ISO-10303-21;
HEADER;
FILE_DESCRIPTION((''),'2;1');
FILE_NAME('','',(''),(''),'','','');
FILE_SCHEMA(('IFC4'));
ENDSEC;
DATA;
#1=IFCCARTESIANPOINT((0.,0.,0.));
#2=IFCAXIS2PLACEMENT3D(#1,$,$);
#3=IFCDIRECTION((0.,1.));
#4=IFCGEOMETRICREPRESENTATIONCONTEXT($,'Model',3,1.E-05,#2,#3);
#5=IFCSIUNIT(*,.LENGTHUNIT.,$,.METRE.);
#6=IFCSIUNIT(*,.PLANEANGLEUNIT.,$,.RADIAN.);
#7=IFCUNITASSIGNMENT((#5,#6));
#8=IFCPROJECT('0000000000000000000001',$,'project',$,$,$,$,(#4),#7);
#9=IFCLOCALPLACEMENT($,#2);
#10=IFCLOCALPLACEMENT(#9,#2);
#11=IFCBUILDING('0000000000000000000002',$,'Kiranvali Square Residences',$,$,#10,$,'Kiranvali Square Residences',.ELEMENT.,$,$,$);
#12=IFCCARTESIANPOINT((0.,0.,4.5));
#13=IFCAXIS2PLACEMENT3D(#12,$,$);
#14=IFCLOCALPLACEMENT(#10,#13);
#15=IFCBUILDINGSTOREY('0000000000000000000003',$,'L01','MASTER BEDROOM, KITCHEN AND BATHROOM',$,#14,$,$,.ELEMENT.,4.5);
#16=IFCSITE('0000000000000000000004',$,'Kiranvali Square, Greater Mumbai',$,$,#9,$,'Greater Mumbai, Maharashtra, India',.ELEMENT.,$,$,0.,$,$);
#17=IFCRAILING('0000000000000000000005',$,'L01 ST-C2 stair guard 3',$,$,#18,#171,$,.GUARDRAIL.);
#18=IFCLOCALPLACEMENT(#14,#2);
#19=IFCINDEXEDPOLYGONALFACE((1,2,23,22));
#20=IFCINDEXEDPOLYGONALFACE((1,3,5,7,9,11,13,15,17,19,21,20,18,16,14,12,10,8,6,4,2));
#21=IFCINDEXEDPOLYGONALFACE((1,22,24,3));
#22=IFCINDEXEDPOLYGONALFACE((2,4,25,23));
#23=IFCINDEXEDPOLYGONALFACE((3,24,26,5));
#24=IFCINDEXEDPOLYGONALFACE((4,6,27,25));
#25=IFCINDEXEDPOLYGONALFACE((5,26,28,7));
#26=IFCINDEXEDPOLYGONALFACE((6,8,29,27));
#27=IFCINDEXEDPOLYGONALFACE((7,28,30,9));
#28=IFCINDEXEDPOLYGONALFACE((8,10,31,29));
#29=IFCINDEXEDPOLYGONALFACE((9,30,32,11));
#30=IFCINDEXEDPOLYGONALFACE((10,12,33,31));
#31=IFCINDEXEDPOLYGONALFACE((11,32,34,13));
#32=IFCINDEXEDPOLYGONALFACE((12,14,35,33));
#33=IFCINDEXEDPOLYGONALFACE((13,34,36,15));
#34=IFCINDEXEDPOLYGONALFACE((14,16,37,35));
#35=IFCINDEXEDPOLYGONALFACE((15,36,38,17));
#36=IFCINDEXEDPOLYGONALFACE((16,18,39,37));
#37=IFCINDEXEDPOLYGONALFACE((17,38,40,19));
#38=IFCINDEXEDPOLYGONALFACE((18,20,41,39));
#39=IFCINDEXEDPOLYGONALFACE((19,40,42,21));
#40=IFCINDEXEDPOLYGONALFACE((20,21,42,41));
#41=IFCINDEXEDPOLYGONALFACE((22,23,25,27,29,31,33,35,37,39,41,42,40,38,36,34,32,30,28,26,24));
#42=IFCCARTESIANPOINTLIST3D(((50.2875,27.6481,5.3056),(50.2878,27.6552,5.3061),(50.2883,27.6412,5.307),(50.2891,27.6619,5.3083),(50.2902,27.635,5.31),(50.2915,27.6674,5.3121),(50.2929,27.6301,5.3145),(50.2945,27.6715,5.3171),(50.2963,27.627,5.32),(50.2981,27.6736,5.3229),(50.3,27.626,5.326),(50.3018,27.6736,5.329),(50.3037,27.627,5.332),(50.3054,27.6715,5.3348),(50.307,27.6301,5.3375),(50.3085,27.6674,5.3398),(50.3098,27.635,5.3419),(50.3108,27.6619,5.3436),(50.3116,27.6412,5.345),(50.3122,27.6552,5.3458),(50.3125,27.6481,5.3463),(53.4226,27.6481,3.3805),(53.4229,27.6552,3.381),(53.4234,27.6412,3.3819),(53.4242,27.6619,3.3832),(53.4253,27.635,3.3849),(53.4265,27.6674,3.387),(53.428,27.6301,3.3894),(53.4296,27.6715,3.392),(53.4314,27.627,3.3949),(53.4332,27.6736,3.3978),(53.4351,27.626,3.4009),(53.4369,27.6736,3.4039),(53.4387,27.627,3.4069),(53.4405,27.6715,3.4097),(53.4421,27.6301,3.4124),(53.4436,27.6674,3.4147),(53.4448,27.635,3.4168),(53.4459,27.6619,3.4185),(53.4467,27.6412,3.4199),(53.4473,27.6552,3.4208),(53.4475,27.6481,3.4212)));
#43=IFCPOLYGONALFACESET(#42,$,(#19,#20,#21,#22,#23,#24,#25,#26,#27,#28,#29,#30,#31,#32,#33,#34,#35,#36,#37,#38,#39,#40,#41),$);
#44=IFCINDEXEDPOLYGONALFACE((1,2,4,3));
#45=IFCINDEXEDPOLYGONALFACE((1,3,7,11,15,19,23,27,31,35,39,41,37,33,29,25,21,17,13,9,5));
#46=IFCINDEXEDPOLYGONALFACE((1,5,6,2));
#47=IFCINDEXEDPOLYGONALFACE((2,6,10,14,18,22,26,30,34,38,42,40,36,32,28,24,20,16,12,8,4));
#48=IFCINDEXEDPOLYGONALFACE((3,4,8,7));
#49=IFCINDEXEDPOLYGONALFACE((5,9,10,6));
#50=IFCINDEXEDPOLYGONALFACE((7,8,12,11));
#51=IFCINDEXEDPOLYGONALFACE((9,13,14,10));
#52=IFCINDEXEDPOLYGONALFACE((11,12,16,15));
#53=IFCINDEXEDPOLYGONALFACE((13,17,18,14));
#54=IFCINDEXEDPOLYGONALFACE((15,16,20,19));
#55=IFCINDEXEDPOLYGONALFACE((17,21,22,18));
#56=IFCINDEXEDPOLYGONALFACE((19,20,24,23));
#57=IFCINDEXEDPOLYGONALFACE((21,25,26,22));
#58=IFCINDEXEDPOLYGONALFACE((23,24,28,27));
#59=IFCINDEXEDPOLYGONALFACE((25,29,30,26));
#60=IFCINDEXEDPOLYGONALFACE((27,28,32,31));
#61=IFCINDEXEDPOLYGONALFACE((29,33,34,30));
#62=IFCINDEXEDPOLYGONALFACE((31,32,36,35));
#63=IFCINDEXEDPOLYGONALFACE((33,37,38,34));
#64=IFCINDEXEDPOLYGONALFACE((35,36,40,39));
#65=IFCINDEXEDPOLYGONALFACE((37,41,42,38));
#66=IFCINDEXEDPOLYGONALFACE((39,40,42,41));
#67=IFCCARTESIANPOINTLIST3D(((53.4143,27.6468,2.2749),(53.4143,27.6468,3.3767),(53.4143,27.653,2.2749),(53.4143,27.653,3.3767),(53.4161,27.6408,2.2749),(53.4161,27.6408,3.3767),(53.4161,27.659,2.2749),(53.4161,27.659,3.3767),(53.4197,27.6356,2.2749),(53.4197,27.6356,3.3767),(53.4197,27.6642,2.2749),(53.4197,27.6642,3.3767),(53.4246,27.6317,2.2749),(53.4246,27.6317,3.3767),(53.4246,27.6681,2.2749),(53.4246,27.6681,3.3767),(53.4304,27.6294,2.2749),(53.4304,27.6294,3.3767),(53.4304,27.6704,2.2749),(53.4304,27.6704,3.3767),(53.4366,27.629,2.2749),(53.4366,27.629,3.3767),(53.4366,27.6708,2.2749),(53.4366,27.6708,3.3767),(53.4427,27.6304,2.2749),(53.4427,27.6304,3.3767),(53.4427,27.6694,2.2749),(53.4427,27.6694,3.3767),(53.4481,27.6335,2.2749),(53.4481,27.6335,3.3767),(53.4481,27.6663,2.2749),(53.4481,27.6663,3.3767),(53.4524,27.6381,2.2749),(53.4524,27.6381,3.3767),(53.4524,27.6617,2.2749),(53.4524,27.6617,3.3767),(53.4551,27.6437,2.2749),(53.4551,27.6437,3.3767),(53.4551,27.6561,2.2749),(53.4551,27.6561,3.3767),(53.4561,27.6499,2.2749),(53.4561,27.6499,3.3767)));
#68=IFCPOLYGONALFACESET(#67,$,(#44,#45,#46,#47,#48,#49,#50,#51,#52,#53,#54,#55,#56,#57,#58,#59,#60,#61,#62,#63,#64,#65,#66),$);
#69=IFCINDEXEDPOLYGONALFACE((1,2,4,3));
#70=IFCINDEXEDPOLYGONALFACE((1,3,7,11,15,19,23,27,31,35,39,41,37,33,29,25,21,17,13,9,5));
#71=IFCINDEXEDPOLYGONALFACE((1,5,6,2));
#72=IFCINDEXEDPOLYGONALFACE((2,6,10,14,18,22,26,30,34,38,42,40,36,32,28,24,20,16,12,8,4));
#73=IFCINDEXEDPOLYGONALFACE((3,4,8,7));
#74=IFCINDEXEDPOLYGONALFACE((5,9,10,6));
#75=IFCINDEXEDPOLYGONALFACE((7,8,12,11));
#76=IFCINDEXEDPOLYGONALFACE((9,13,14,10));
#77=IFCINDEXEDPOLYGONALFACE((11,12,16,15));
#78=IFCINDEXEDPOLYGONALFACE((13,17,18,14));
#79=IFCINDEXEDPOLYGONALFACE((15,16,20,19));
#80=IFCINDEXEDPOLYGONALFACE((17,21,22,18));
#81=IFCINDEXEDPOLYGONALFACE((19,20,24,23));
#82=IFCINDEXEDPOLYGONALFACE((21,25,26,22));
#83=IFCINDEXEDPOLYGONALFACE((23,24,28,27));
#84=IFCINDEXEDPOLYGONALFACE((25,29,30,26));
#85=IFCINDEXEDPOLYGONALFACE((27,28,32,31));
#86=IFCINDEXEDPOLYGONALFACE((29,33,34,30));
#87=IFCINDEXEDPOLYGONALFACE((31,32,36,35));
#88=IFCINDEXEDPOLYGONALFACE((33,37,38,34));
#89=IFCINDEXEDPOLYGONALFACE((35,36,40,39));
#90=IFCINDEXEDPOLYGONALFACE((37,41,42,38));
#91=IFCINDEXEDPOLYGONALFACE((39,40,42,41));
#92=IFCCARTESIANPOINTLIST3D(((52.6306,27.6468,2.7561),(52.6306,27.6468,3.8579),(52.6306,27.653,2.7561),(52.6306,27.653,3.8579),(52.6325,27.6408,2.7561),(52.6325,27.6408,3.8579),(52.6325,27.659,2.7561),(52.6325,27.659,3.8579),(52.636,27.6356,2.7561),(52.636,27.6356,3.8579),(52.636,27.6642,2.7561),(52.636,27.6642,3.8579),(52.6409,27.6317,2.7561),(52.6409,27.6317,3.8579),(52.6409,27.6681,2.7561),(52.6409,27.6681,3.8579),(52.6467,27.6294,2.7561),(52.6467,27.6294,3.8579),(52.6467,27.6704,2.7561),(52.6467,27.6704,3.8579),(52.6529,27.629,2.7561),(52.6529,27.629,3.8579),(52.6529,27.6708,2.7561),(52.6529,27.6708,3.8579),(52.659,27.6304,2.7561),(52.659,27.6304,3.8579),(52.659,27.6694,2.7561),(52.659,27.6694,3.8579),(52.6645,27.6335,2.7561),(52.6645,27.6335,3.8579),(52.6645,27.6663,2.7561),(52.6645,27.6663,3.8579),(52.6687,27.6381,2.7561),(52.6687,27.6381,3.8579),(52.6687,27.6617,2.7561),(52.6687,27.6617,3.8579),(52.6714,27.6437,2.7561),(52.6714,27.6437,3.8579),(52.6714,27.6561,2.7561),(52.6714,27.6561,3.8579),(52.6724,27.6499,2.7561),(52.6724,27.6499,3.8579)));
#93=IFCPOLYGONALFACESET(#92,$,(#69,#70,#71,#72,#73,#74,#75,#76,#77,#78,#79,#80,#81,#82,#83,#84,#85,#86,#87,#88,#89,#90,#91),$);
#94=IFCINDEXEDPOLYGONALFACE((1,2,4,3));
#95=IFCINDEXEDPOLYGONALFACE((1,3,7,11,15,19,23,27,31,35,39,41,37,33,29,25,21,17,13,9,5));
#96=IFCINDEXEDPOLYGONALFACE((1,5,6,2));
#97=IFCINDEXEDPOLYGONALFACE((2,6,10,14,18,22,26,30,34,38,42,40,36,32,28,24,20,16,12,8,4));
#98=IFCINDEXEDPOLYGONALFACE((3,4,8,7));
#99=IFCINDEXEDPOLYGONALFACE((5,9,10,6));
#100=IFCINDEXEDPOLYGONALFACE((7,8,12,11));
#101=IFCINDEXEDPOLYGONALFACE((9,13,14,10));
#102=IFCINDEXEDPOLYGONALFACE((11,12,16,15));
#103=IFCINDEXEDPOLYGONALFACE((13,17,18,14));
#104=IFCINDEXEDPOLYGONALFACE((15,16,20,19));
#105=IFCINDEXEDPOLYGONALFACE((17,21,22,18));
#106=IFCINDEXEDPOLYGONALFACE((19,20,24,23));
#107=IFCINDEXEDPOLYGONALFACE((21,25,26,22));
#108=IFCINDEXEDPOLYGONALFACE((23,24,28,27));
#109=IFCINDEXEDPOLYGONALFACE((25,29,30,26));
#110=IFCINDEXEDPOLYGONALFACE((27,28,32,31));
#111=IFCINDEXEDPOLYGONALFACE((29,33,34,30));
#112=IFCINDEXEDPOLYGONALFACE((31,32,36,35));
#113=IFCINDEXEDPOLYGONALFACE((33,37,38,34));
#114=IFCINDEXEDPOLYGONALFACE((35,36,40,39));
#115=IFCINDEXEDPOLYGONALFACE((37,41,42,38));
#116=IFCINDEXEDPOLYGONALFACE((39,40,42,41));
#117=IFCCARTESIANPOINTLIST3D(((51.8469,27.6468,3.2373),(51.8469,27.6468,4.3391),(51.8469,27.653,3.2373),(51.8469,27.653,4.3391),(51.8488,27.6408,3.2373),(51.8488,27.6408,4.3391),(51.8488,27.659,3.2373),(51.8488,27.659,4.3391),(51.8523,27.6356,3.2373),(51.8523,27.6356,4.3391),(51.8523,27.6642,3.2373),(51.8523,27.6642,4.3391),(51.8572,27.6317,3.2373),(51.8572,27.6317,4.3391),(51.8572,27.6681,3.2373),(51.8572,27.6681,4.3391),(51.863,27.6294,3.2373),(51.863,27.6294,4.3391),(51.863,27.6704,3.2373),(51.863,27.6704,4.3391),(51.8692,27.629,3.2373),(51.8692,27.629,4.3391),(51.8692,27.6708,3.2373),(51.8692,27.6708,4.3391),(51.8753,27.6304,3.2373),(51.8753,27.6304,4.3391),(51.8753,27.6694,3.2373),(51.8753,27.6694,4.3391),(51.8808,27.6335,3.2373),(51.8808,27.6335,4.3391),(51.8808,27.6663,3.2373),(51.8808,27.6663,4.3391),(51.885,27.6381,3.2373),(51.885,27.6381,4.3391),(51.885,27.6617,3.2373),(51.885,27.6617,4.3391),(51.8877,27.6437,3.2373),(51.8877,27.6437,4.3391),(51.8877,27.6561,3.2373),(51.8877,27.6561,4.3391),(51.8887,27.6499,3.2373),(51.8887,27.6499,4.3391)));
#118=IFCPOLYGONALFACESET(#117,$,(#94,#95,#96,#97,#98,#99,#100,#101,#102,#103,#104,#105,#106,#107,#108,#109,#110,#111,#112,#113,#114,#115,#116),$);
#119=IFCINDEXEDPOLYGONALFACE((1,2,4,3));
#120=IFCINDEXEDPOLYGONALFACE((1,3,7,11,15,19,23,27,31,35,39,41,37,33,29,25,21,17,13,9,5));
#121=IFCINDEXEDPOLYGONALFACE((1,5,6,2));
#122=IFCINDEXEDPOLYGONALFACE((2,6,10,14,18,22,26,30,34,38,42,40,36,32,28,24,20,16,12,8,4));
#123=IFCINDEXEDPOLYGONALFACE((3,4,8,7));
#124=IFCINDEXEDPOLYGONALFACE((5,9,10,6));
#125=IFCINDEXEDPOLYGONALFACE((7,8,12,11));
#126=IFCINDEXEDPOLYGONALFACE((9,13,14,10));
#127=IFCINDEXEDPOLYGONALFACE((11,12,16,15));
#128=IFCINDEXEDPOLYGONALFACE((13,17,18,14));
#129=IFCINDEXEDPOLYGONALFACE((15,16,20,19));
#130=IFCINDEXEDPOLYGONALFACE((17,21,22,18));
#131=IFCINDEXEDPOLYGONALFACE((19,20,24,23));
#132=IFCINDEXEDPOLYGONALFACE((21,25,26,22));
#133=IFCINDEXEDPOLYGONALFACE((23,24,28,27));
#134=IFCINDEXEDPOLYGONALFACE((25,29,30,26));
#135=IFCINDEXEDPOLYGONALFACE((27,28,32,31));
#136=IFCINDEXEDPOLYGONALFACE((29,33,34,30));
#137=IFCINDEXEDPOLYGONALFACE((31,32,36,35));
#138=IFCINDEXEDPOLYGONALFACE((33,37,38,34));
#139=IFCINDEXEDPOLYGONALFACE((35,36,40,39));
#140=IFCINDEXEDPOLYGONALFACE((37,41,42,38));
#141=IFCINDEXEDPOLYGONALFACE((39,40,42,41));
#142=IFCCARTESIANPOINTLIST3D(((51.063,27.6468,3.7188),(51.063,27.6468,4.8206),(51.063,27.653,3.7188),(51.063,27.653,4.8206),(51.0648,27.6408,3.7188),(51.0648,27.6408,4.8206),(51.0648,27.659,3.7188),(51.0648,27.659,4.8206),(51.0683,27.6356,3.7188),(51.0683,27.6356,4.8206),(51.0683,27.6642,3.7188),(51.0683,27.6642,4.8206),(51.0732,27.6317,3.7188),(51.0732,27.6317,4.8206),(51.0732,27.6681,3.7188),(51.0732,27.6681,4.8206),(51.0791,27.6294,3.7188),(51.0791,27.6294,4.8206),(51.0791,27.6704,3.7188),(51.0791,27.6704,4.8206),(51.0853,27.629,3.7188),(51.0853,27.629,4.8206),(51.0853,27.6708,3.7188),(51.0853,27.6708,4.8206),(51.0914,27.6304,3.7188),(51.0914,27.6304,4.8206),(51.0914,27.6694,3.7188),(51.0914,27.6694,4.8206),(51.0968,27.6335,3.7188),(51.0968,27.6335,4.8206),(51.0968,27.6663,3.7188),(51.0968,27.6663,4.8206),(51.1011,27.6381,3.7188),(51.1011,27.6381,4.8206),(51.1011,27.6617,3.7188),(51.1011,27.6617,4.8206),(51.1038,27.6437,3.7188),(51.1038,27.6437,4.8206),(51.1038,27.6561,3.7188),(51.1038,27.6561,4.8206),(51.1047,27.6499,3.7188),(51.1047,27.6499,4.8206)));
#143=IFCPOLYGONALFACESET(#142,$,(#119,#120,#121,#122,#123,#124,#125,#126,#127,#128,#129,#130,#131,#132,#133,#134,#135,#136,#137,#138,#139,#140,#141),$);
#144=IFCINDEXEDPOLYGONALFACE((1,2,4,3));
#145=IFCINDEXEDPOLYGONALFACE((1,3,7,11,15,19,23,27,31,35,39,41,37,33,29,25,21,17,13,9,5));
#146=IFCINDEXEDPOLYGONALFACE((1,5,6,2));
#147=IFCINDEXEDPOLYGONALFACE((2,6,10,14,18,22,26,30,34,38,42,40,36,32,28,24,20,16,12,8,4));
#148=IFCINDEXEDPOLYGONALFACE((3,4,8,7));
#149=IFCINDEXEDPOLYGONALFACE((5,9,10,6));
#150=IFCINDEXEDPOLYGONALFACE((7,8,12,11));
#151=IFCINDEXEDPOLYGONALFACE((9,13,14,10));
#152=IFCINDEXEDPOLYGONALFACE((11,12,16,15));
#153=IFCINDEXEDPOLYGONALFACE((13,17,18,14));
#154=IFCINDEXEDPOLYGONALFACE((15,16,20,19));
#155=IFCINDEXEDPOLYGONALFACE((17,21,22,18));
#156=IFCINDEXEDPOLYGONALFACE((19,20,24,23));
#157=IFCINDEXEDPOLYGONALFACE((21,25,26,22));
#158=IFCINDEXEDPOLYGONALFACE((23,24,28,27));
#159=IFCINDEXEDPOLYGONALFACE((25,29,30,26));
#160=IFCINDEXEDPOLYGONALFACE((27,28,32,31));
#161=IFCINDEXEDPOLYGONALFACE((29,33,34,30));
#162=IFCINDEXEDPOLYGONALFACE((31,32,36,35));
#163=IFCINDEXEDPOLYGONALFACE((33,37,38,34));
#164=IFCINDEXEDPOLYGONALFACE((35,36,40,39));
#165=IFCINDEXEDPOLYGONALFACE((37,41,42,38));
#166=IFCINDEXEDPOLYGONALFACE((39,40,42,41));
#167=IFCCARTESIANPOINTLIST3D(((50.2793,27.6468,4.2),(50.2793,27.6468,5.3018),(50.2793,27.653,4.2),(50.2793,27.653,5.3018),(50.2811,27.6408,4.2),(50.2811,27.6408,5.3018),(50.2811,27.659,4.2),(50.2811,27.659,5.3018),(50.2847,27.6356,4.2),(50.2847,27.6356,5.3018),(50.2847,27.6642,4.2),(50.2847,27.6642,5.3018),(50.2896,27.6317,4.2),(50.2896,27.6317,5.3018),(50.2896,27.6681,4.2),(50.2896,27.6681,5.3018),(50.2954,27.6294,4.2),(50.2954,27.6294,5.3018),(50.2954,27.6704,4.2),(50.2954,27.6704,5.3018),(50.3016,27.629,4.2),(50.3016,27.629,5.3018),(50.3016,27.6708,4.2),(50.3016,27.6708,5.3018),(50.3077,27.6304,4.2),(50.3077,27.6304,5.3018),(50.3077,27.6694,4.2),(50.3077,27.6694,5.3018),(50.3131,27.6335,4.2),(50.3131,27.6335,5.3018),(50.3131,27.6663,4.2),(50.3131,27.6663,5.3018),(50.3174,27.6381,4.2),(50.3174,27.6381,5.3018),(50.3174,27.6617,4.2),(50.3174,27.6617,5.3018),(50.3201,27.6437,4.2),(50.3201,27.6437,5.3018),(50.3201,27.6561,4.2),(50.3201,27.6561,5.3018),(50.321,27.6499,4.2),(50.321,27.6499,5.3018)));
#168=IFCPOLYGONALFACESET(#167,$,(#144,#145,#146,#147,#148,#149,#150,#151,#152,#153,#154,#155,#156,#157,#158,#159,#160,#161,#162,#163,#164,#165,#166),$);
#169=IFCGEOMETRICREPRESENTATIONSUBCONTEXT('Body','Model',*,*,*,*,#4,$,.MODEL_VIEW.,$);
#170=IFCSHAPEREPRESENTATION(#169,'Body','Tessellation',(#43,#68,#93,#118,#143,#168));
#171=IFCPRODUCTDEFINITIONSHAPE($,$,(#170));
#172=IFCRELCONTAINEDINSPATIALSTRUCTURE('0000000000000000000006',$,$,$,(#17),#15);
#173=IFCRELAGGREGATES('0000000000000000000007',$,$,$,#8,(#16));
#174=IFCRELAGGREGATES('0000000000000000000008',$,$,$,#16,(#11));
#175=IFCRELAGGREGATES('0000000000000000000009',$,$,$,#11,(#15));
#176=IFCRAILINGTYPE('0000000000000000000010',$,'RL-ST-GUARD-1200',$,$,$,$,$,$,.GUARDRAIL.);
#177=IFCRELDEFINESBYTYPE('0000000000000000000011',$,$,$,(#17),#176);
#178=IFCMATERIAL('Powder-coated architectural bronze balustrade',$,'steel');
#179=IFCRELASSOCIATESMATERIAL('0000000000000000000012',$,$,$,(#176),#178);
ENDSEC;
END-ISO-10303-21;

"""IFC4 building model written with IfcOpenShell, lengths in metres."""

from ifc_helpers import new_model, si_unit, direction, frame, origin, origin_2d, place, context, subcontext, project, spatial, circle, extrude, material, type_object, element, save


model = new_model("IFC4")

# Units and contexts
model_context = context("Model", 3, precision=1e-05, world=origin(), true_north=direction((0.0, 1.0)))
body_context = subcontext(model_context, "Body", "Model", "MODEL_VIEW")
ifc_project = project(units=[si_unit("LENGTHUNIT", "METRE"), si_unit("PLANEANGLEUNIT", "RADIAN")], contexts=[model_context])

# Site, building, storey
site_placement = place(None, origin())
site = spatial("IfcSite", under=ifc_project, at=site_placement, Name="Kiranvali Square, Greater Mumbai", LongName="Greater Mumbai, Maharashtra, India", CompositionType="ELEMENT", RefElevation=0.0)
building_placement = place(site_placement, origin())
building = spatial("IfcBuilding", under=site, at=building_placement, Name="Kiranvali Square Residences", LongName="Kiranvali Square Residences", CompositionType="ELEMENT")
storey_placement = place(building_placement, frame((0.0, 0.0, 4.5)))
storey = spatial("IfcBuildingStorey", under=building, at=storey_placement, Name="L01", Description="MASTER BEDROOM, KITCHEN AND BATHROOM", CompositionType="ELEMENT", Elevation=4.5)

# Railing
ifc_material_1 = material(Name="Powder-coated architectural bronze balustrade", Category="steel")
railing_type_1 = type_object("IfcRailingType", Name="RL-ST-GUARD-1200", PredefinedType="GUARDRAIL", material=ifc_material_1)
railing_1_placement = place(storey_placement, frame((53.4351, 27.6499, 2.2749)))
element("IfcRailing", 1, at=railing_1_placement, inside=storey, type_object=railing_type_1, Name="L01 ST-C2 stair guard 3", PredefinedType="GUARDRAIL", context=body_context, shape_type="SweptSolid", body=[
    extrude(circle(Radius=0.0239, at=origin_2d()), frame((0.0, 0.0, 1.126), z_axis=(-0.852166, 0.0, 0.523271), x_axis=(0.0, -1.0, 0.0)), (0.0, 0.0, 1.0), 3.679),
    extrude(circle(Radius=0.021, at=origin_2d()), origin(), (0.0, 0.0, 1.0), 1.1018),
    extrude(circle(Radius=0.021, at=origin_2d()), frame((-0.7837, 0.0, 0.4812)), (0.0, 0.0, 1.0), 1.1018),
    extrude(circle(Radius=0.021, at=origin_2d()), frame((-1.5674, 0.0, 0.9624)), (0.0, 0.0, 1.0), 1.1018),
    extrude(circle(Radius=0.021, at=origin_2d()), frame((-2.3513, 0.0, 1.4438)), (0.0, 0.0, 1.0), 1.1018),
    extrude(circle(Radius=0.021, at=origin_2d()), frame((-3.135, 0.0, 1.925)), (0.0, 0.0, 1.0), 1.1018),
])

save(model, "model.ifc")
